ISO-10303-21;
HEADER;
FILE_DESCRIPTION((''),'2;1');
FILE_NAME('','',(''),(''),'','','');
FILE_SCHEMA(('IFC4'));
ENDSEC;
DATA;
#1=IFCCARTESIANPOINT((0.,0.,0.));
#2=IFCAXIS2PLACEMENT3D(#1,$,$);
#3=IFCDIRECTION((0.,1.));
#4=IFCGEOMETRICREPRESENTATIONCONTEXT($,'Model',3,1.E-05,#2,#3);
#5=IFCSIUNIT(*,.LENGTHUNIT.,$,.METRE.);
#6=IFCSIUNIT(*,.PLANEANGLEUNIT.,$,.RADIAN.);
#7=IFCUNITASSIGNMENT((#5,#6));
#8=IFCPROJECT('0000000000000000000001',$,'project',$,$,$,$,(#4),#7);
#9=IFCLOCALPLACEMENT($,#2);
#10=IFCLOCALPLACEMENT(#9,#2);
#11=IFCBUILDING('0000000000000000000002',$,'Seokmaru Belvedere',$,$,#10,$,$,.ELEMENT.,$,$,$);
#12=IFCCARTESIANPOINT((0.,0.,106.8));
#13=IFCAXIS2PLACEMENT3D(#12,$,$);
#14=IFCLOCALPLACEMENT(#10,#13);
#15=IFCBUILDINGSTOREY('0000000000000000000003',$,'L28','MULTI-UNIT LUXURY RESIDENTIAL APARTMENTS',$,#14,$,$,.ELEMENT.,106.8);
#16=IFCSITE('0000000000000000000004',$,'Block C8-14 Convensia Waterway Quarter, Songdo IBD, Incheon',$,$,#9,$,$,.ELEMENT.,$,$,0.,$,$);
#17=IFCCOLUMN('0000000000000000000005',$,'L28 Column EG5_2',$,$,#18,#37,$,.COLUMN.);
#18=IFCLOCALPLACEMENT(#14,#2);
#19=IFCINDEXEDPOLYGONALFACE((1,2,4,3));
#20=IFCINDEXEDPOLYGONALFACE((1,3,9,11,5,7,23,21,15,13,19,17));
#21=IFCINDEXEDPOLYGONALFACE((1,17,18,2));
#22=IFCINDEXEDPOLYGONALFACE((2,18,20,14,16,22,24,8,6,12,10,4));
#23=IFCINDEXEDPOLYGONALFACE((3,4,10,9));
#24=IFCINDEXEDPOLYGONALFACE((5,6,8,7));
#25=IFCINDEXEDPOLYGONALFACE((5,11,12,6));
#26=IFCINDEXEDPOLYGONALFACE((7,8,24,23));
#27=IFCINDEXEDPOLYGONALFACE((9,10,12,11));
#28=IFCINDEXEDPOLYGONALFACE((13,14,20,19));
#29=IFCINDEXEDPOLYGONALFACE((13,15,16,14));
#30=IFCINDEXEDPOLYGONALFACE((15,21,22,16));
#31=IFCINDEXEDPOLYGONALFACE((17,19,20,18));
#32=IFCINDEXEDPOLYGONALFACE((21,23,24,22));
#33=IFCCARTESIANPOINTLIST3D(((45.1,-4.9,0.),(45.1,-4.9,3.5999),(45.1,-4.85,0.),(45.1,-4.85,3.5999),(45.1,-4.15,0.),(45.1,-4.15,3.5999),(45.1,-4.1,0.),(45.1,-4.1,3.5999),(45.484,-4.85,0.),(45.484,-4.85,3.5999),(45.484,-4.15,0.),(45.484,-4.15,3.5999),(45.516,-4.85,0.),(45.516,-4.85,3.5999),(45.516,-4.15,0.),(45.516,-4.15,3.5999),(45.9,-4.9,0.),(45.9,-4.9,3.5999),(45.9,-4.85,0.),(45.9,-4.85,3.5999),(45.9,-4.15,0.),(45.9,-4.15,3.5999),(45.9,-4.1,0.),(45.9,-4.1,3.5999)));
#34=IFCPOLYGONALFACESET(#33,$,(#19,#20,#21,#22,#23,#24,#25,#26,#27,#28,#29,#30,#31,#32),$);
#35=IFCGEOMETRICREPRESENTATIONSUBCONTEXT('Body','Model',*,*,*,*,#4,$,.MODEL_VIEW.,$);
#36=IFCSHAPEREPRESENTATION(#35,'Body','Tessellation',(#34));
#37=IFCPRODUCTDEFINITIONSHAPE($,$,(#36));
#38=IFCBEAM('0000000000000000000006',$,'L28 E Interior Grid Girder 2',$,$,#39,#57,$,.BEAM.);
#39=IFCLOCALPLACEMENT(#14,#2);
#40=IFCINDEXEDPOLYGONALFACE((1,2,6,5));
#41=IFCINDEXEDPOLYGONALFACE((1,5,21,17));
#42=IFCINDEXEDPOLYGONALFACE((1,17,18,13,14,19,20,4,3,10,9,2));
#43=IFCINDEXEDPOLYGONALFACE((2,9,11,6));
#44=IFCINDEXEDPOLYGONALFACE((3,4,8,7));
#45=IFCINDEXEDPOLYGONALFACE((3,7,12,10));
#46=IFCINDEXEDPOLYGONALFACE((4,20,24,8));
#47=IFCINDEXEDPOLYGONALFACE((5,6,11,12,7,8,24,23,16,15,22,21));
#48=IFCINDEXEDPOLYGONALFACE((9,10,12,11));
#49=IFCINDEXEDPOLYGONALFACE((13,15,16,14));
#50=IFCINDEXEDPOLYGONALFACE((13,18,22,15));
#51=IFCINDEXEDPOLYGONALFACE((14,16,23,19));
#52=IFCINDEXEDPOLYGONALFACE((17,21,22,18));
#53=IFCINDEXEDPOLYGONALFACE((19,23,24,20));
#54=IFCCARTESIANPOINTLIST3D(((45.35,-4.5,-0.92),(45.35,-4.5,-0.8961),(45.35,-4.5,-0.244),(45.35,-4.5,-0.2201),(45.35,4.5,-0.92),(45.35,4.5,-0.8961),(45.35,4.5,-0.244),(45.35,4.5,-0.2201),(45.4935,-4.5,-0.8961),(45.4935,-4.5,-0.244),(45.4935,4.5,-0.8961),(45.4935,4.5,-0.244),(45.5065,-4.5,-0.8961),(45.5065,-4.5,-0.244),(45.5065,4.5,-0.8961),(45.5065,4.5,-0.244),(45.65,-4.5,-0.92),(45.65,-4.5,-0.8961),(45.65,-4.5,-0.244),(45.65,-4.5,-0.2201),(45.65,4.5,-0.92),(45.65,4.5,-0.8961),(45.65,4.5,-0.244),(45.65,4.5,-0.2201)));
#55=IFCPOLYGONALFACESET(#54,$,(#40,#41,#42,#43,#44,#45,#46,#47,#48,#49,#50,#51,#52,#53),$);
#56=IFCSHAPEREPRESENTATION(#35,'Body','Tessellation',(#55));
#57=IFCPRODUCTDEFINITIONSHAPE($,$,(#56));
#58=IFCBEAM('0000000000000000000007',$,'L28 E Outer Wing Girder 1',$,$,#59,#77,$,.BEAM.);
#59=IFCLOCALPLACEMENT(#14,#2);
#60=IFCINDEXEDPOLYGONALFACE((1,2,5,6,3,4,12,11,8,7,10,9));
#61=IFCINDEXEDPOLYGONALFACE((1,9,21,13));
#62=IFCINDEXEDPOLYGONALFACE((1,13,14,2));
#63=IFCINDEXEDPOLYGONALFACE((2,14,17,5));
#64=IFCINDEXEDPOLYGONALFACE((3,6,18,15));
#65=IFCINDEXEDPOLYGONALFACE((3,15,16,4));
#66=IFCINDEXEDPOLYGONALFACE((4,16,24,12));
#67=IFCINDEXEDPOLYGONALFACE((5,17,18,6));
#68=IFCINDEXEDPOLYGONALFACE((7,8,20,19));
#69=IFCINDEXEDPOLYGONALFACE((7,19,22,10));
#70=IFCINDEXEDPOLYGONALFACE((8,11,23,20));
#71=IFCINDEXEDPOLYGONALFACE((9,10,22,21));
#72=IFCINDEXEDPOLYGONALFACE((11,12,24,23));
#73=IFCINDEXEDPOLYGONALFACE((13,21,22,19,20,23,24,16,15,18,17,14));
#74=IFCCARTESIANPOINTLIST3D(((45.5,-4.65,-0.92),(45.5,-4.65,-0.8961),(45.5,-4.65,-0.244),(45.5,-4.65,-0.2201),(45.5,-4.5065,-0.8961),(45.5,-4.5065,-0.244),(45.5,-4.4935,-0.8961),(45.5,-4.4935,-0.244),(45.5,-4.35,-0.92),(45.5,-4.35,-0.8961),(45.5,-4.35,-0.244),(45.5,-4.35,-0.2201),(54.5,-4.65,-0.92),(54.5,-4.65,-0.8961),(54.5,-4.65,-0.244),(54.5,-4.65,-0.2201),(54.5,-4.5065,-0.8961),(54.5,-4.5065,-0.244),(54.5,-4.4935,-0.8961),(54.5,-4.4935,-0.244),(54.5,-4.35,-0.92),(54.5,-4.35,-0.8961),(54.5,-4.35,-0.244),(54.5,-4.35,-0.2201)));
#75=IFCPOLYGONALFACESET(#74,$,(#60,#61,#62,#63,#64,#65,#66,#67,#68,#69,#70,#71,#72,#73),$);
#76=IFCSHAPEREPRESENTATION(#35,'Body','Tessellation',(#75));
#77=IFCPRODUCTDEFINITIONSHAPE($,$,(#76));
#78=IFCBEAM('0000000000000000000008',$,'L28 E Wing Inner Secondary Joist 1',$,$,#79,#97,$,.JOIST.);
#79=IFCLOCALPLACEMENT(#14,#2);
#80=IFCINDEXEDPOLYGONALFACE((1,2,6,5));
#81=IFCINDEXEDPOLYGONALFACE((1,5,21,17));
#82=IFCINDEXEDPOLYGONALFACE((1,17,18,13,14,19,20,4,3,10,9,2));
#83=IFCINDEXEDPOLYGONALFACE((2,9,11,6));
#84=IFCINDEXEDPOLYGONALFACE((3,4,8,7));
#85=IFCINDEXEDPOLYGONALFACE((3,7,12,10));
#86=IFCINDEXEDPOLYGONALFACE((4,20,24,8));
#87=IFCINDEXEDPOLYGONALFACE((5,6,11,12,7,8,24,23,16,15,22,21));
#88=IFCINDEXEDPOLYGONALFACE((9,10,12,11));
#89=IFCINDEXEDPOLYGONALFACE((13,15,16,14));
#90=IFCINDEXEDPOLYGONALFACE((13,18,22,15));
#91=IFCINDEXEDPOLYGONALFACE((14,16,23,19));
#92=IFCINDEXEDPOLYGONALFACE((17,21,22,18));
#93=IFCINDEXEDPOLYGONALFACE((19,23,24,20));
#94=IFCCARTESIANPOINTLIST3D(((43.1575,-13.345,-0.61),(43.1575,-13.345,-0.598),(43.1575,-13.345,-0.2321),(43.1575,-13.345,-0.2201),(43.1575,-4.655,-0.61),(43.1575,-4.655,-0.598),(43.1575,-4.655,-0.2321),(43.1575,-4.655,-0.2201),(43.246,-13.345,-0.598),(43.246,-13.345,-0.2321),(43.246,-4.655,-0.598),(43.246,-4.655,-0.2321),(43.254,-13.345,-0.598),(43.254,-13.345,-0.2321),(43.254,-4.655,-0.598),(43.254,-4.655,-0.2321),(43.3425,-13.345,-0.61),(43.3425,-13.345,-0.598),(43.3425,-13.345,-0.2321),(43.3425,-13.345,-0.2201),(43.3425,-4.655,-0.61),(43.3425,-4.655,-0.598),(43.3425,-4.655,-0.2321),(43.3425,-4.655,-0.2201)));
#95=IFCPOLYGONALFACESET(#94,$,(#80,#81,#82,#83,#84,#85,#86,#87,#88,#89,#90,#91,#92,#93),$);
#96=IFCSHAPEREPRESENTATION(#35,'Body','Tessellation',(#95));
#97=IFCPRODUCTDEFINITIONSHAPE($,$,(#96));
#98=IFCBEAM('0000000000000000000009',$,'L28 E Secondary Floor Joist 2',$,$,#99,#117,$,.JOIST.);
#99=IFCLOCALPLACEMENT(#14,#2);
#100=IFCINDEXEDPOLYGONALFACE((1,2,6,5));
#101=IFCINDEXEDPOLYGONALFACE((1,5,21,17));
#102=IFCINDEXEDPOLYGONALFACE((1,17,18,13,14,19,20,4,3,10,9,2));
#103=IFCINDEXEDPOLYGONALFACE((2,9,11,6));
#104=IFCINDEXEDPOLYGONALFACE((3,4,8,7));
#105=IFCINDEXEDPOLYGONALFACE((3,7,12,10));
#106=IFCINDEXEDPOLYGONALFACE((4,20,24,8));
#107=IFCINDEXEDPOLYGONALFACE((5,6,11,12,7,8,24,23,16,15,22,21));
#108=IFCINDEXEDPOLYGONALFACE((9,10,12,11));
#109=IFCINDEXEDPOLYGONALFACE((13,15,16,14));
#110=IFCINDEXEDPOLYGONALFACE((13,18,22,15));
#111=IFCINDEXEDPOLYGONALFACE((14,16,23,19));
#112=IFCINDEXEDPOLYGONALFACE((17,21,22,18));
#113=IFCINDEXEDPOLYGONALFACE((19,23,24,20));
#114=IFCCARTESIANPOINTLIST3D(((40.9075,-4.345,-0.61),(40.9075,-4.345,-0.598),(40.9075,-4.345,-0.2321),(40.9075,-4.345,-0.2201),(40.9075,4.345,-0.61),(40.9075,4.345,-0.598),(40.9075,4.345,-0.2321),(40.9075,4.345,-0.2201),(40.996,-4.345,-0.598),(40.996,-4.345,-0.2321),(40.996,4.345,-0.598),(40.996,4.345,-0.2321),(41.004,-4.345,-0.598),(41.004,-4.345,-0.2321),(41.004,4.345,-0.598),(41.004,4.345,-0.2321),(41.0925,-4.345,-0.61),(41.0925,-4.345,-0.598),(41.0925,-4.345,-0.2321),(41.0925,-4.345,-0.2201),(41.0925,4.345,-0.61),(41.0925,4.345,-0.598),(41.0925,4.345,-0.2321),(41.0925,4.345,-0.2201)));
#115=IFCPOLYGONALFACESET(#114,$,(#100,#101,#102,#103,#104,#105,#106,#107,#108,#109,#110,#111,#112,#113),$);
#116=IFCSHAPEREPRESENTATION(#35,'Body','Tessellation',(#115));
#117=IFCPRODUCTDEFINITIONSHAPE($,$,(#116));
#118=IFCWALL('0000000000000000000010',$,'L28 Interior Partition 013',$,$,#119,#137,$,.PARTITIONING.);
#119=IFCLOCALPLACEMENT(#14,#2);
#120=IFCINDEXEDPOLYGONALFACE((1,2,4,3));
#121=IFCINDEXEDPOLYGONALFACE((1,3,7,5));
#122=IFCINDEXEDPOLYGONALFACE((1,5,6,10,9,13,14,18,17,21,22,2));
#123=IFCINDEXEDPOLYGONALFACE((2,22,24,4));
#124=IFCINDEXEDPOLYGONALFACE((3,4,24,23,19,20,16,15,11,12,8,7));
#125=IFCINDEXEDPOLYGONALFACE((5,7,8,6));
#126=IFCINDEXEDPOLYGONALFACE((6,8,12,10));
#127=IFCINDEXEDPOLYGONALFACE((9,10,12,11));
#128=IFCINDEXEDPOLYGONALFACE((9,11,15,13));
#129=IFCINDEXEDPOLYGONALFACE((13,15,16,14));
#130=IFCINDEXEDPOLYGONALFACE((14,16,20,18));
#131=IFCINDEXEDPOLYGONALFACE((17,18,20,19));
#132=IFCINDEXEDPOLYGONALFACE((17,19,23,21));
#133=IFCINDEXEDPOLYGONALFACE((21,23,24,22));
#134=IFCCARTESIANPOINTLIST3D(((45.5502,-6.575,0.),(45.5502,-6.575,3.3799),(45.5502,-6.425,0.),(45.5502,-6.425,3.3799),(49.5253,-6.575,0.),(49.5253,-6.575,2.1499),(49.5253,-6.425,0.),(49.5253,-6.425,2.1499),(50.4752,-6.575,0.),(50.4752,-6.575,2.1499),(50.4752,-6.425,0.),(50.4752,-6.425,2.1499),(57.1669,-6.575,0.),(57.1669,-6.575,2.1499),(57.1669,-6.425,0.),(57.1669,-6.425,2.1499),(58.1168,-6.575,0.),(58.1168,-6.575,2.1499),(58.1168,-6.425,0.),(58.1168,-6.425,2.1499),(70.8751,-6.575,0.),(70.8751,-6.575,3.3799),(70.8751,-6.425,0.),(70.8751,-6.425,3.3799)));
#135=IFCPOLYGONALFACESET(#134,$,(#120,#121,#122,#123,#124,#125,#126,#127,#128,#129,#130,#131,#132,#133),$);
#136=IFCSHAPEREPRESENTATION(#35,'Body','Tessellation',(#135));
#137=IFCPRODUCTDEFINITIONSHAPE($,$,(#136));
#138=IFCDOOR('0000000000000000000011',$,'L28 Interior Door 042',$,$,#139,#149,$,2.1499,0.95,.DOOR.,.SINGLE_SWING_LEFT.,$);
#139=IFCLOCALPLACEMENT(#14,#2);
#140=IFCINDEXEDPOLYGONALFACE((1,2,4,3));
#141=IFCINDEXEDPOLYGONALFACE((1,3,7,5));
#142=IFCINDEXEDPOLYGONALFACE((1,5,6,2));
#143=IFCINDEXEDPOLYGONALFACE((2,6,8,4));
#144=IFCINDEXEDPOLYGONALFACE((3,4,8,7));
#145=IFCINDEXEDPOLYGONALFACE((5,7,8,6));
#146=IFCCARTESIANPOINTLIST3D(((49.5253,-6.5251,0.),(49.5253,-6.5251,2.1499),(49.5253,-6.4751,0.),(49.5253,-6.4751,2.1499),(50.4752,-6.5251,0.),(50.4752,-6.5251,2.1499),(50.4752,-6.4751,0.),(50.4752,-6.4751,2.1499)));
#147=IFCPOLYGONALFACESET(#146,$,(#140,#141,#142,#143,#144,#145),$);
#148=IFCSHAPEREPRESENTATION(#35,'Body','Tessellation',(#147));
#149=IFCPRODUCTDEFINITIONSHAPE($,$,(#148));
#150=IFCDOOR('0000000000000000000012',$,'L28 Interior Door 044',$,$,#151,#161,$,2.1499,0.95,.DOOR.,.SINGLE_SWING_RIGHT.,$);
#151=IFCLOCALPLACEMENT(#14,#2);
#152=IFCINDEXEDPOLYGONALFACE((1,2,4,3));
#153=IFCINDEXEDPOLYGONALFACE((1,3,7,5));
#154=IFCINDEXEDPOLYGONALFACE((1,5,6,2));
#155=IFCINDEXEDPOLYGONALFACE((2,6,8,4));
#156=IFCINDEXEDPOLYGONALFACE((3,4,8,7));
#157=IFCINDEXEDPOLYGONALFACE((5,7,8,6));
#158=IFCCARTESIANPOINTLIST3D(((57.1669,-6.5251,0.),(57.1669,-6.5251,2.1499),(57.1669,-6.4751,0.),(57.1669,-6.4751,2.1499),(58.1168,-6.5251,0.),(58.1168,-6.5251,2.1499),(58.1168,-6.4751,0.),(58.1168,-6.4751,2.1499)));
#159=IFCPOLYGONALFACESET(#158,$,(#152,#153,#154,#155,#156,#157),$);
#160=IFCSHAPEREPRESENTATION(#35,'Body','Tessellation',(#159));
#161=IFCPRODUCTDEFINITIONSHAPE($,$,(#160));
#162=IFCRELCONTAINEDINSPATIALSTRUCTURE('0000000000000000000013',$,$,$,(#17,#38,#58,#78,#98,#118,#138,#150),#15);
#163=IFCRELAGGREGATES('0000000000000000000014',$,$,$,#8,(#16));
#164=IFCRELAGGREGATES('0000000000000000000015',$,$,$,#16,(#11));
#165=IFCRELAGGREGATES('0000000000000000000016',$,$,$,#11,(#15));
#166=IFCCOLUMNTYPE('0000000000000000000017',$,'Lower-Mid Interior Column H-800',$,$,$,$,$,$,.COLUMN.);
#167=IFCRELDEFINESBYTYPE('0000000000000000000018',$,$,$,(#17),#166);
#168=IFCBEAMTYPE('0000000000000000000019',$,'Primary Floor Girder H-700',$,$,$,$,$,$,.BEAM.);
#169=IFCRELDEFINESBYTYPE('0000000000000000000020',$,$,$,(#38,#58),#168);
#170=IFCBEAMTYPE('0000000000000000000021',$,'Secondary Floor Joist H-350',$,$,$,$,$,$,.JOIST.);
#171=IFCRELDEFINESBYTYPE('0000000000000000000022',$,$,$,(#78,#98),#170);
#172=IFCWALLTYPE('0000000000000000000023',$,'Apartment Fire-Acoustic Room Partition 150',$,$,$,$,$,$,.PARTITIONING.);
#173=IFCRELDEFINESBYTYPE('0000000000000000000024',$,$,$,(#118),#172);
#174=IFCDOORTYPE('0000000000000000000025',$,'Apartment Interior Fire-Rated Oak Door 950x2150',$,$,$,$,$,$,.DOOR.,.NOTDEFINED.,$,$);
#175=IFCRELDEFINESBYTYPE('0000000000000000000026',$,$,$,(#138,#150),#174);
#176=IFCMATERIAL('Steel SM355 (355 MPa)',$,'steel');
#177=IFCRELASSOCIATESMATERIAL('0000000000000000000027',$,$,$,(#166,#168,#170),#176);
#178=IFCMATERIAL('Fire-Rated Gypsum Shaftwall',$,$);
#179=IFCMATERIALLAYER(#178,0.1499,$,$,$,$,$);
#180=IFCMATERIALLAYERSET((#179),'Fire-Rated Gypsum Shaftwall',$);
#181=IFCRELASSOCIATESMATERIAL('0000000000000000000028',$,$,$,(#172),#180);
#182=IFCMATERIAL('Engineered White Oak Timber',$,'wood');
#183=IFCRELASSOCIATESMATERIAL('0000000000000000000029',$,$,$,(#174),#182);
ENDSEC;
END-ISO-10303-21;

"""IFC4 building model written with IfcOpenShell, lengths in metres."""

from ifc_helpers import new_model, si_unit, direction, frame, frame_2d, origin, origin_2d, place, context, subcontext, project, spatial, rectangle, i_section, extrude, source, transform, mapped, material, layer, layer_set, material_profile, profile_set, type_object, type_shapes, element, fill, save


model = new_model("IFC4")

# Units and contexts
model_context = context("Model", 3, precision=1e-05, world=origin(), true_north=direction((0.0, 1.0)))
body_context = subcontext(model_context, "Body", "Model", "MODEL_VIEW")
ifc_project = project(units=[si_unit("LENGTHUNIT", "METRE"), si_unit("PLANEANGLEUNIT", "RADIAN")], contexts=[model_context])

# Site, building, storey
site_placement = place(None, origin())
site = spatial("IfcSite", under=ifc_project, at=site_placement, Name="Block C8-14 Convensia Waterway Quarter, Songdo IBD, Incheon", CompositionType="ELEMENT", RefElevation=0.0)
building_placement = place(site_placement, origin())
building = spatial("IfcBuilding", under=site, at=building_placement, Name="Seokmaru Belvedere", CompositionType="ELEMENT")
storey_placement = place(building_placement, frame((0.0, 0.0, 106.8)))
storey = spatial("IfcBuildingStorey", under=building, at=storey_placement, Name="L28", Description="MULTI-UNIT LUXURY RESIDENTIAL APARTMENTS", CompositionType="ELEMENT", Elevation=106.8)

# Column
ifc_material_1 = material(Name="Steel SM355 (355 MPa)", Category="steel")
ifc_material_profile_1 = material_profile(ifc_material_1, i_section(OverallWidth=0.8, OverallDepth=0.8, WebThickness=0.032, FlangeThickness=0.05, at=origin_2d()), Name="H-800x800x32x50")
ifc_profile_set_1 = profile_set([ifc_material_profile_1], Name="Steel SM355 (355 MPa)")
column_type = type_object("IfcColumnType", Name="Lower-Mid Interior Column H-800", PredefinedType="COLUMN", material=ifc_profile_set_1)
shared_shape_1 = source(origin(), body_context, "Body", "SweptSolid", [
    extrude(i_section(OverallWidth=0.8, OverallDepth=0.8, WebThickness=0.032, FlangeThickness=0.05, at=origin_2d()), origin(), (0.0, 0.0, 1.0), 3.5999),
])
type_shapes(column_type, [shared_shape_1])
column_placement = place(storey_placement, frame((45.5, -4.5, 0.0), z_axis=(0.0, 0.0, 1.0), x_axis=(1.0, 0.0, 0.0)))
element("IfcColumn", 1, at=column_placement, inside=storey, type_object=column_type, Name="L28 Column EG5_2", PredefinedType="COLUMN", context=body_context, shape_type="MappedRepresentation", body=[
    mapped(shared_shape_1, transform((0.0, 0.0, 0.0), scale=1.0)),
])

# Beams
ifc_material_profile_2 = material_profile(ifc_material_1, i_section(OverallWidth=0.3, OverallDepth=0.7, WebThickness=0.0129, FlangeThickness=0.0239, at=origin_2d()), Name="H-700x300x13x24")
ifc_profile_set_2 = profile_set([ifc_material_profile_2], Name="Steel SM355 (355 MPa)")
beam_type_1 = type_object("IfcBeamType", Name="Primary Floor Girder H-700", PredefinedType="BEAM", material=ifc_profile_set_2)
shared_shape_2 = source(origin(), body_context, "Body", "SweptSolid", [
    extrude(i_section(OverallWidth=0.3, OverallDepth=0.7, WebThickness=0.0129, FlangeThickness=0.0239, at=origin_2d()), origin(), (0.0, 0.0, 1.0), 9.0),
])
type_shapes(beam_type_1, [shared_shape_2])
for number, where, z_axis, x_axis, name in (
    (2, (45.5, -4.5, -0.5701), (0.0, 1.0, 0.0), (-1.0, 0.0, 0.0), "L28 E Interior Grid Girder 2"),
    (3, (45.5, -4.5, -0.5701), (1.0, 0.0, 0.0), (0.0, 1.0, 0.0), "L28 E Outer Wing Girder 1"),
):
    element("IfcBeam", number, at=place(storey_placement, frame(where, z_axis=z_axis, x_axis=x_axis)), inside=storey, type_object=beam_type_1, Name=name, PredefinedType="BEAM", context=body_context, shape_type="MappedRepresentation", body=[
        mapped(shared_shape_2, transform((0.0, 0.0, 0.0), scale=1.0)),
    ])
ifc_material_profile_3 = material_profile(ifc_material_1, i_section(OverallWidth=0.1851, OverallDepth=0.3899, WebThickness=0.0081, FlangeThickness=0.012, at=origin_2d()), Name="H-390x185x8x12")
ifc_profile_set_3 = profile_set([ifc_material_profile_3], Name="Steel SM355 (355 MPa)")
beam_type_2 = type_object("IfcBeamType", Name="Secondary Floor Joist H-350", PredefinedType="JOIST", material=ifc_profile_set_3)
shared_shape_3 = source(origin(), body_context, "Body", "SweptSolid", [
    extrude(i_section(OverallWidth=0.1851, OverallDepth=0.3899, WebThickness=0.0081, FlangeThickness=0.012, at=origin_2d()), origin(), (0.0, 0.0, 1.0), 8.6899),
])
type_shapes(beam_type_2, [shared_shape_3])
for number, where, z_axis, x_axis, name in (
    (4, (43.25, -13.345, -0.415), (0.0, 1.0, 0.0), (-1.0, 0.0, 0.0), "L28 E Wing Inner Secondary Joist 1"),
    (5, (41.0, -4.345, -0.415), (0.0, 1.0, 0.0), (-1.0, 0.0, 0.0), "L28 E Secondary Floor Joist 2"),
):
    element("IfcBeam", number, at=place(storey_placement, frame(where, z_axis=z_axis, x_axis=x_axis)), inside=storey, type_object=beam_type_2, Name=name, PredefinedType="JOIST", context=body_context, shape_type="MappedRepresentation", body=[
        mapped(shared_shape_3, transform((0.0, 0.0, 0.0), scale=1.0)),
    ])

# Wall, openings, doors
ifc_material_2 = material(Name="Fire-Rated Gypsum Shaftwall")
ifc_layer_1 = layer(ifc_material_2, 0.1499)
ifc_layer_set_1 = layer_set([ifc_layer_1], Name="Fire-Rated Gypsum Shaftwall")
wall_type_1 = type_object("IfcWallType", Name="Apartment Fire-Acoustic Room Partition 150", PredefinedType="PARTITIONING", material=ifc_layer_set_1)
wall_1_placement = place(storey_placement, frame((45.55, -6.5, 0.0), z_axis=(0.0, 0.0, 1.0), x_axis=(1.0, 0.0, 0.0)))
wall_1 = element("IfcWall", 6, at=wall_1_placement, inside=storey, type_object=wall_type_1, Name="L28 Interior Partition 013", PredefinedType="PARTITIONING", context=body_context, shape_type="SweptSolid", body=[
    extrude(rectangle(XDim=25.325, YDim=0.1499, at=frame_2d((12.6626, 0.0))), origin(), (0.0, 0.0, 1.0), 3.3799),
])
opening_1_placement = place(wall_1_placement, frame((3.9751, 0.0, 0.0)))
opening_1 = element("IfcOpeningElement", 7, at=opening_1_placement, cuts=wall_1, PredefinedType="OPENING", context=body_context, shape_type="SweptSolid", body=[
    extrude(rectangle(XDim=0.95, YDim=2.1499, at=frame_2d((0.4751, 1.075))), frame((0.0, 0.085, 0.0), z_axis=(0.0, -1.0, 0.0), x_axis=(1.0, 0.0, 0.0)), (0.0, 0.0, 1.0), 0.1699),
])
opening_2_placement = place(wall_1_placement, frame((11.6167, 0.0, 0.0)))
opening_2 = element("IfcOpeningElement", 8, at=opening_2_placement, cuts=wall_1, PredefinedType="OPENING", context=body_context, shape_type="SweptSolid", body=[
    extrude(rectangle(XDim=0.95, YDim=2.1499, at=frame_2d((0.4751, 1.075))), frame((0.0, 0.085, 0.0), z_axis=(0.0, -1.0, 0.0), x_axis=(1.0, 0.0, 0.0)), (0.0, 0.0, 1.0), 0.1699),
])
ifc_material_3 = material(Name="Engineered White Oak Timber", Category="wood")
door_type_1 = type_object("IfcDoorType", Name="Apartment Interior Fire-Rated Oak Door 950x2150", OperationType="NOTDEFINED", PredefinedType="DOOR", material=ifc_material_3)
shared_shape_4 = source(origin(), body_context, "Body", "SweptSolid", [
    extrude(rectangle(XDim=0.95, YDim=2.1499, at=frame_2d((0.4751, 1.075))), frame((0.0, 0.0249, 0.0), z_axis=(0.0, -1.0, 0.0), x_axis=(1.0, 0.0, 0.0)), (0.0, 0.0, 1.0), 0.05),
])
type_shapes(door_type_1, [shared_shape_4])
door_1_placement = place(opening_1_placement, origin())
door_1 = element("IfcDoor", 9, at=door_1_placement, inside=storey, type_object=door_type_1, Name="L28 Interior Door 042", OperationType="SINGLE_SWING_LEFT", OverallHeight=2.1499, OverallWidth=0.95, PredefinedType="DOOR", context=body_context, shape_type="MappedRepresentation", body=[
    mapped(shared_shape_4, transform((0.0, 0.0, 0.0), scale=1.0)),
])
fill(opening_1, door_1)
door_2_placement = place(opening_2_placement, origin())
door_2 = element("IfcDoor", 10, at=door_2_placement, inside=storey, type_object=door_type_1, Name="L28 Interior Door 044", OperationType="SINGLE_SWING_RIGHT", OverallHeight=2.1499, OverallWidth=0.95, PredefinedType="DOOR", context=body_context, shape_type="MappedRepresentation", body=[
    mapped(shared_shape_4, transform((0.0, 0.0, 0.0), scale=1.0)),
])
fill(opening_2, door_2)

save(model, "model.ifc")
